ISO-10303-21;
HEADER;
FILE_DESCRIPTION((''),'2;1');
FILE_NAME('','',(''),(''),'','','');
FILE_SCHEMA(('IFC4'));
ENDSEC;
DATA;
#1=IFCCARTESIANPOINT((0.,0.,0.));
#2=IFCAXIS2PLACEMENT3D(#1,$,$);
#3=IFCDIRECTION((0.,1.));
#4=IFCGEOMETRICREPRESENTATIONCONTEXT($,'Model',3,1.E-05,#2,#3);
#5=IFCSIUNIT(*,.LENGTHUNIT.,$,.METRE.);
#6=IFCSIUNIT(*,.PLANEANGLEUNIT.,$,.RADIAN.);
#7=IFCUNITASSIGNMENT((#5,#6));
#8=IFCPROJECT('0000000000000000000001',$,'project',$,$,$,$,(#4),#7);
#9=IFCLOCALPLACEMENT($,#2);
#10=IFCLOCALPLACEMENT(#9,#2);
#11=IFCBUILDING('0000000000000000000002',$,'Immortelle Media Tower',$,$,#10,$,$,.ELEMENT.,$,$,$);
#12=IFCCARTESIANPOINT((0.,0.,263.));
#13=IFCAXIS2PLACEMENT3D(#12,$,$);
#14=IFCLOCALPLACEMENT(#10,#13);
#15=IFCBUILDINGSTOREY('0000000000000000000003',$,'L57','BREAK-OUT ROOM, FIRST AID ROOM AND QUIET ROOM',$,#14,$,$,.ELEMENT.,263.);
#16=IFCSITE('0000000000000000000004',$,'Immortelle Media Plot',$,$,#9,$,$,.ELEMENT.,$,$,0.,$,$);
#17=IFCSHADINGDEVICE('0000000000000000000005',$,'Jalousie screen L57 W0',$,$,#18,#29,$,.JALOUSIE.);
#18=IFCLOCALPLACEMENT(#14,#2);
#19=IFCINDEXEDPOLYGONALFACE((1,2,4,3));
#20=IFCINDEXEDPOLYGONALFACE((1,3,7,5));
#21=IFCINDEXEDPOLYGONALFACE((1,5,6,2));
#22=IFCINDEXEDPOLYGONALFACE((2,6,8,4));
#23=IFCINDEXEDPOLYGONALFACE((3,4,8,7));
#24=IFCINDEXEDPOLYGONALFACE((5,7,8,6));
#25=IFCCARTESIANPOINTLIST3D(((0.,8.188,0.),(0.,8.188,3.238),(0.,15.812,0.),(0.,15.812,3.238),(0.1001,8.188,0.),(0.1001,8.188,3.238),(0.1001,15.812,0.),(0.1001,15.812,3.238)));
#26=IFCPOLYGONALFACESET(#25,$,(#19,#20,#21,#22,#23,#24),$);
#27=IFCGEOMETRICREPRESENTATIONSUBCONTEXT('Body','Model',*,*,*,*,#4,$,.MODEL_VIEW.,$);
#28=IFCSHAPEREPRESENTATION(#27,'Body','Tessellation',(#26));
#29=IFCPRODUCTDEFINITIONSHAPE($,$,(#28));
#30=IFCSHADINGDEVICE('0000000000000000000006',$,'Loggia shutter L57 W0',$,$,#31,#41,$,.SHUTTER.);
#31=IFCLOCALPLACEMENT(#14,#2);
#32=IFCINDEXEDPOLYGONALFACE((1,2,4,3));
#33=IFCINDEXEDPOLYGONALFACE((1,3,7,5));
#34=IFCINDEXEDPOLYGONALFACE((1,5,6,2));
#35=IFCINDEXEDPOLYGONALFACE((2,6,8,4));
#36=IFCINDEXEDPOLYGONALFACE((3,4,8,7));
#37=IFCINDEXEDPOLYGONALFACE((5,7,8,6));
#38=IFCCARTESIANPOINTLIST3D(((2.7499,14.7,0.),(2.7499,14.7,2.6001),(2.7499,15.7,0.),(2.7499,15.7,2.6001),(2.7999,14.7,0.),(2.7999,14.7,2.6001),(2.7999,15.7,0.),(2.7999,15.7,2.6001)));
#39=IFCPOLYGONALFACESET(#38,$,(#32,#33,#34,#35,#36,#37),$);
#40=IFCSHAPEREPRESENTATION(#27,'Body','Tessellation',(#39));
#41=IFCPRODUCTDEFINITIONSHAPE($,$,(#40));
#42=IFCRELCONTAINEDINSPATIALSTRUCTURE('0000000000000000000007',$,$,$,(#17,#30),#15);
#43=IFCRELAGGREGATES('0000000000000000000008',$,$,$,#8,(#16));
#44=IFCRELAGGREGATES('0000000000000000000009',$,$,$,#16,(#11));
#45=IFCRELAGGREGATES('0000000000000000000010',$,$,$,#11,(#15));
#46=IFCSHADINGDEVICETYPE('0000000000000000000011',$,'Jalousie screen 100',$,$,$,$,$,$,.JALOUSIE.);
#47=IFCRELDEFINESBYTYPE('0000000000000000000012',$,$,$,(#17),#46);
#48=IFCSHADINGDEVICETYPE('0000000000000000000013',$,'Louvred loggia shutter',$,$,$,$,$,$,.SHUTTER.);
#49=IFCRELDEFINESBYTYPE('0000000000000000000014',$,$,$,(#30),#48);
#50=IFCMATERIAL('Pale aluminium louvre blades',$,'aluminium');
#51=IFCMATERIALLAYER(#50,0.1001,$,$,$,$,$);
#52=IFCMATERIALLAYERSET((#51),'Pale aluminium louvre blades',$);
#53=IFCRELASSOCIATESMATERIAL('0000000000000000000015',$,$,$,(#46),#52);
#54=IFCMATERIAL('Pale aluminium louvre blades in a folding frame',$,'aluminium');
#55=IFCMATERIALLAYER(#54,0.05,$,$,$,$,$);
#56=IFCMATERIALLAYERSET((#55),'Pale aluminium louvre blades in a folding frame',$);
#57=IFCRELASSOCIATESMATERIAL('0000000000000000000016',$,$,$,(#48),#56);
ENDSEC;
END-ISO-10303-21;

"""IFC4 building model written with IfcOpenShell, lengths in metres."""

from ifc_helpers import new_model, si_unit, direction, frame, origin, origin_2d, place, context, subcontext, project, spatial, rectangle, extrude, material, layer, layer_set, type_object, element, save


model = new_model("IFC4")

# Units and contexts
model_context = context("Model", 3, precision=1e-05, world=origin(), true_north=direction((0.0, 1.0)))
body_context = subcontext(model_context, "Body", "Model", "MODEL_VIEW")
ifc_project = project(units=[si_unit("LENGTHUNIT", "METRE"), si_unit("PLANEANGLEUNIT", "RADIAN")], contexts=[model_context])

# Site, building, storey
site_placement = place(None, origin())
site = spatial("IfcSite", under=ifc_project, at=site_placement, Name="Immortelle Media Plot", CompositionType="ELEMENT", RefElevation=0.0)
building_placement = place(site_placement, origin())
building = spatial("IfcBuilding", under=site, at=building_placement, Name="Immortelle Media Tower", CompositionType="ELEMENT")
storey_placement = place(building_placement, frame((0.0, 0.0, 263.0)))
storey = spatial("IfcBuildingStorey", under=building, at=storey_placement, Name="L57", Description="BREAK-OUT ROOM, FIRST AID ROOM AND QUIET ROOM", CompositionType="ELEMENT", Elevation=263.0)

# Shading devices
ifc_material_1 = material(Name="Pale aluminium louvre blades", Category="aluminium")
ifc_layer_1 = layer(ifc_material_1, 0.1001)
ifc_layer_set_1 = layer_set([ifc_layer_1], Name="Pale aluminium louvre blades")
shading_device_type_1 = type_object("IfcShadingDeviceType", Name="Jalousie screen 100", PredefinedType="JALOUSIE", material=ifc_layer_set_1)
shading_device_1_placement = place(storey_placement, frame((0.05, 12.0, 0.0), z_axis=(0.0, 0.0, 1.0), x_axis=(0.0, -1.0, 0.0)))
element("IfcShadingDevice", 1, at=shading_device_1_placement, inside=storey, type_object=shading_device_type_1, Name="Jalousie screen L57 W0", PredefinedType="JALOUSIE", context=body_context, shape_type="SweptSolid", body=[
    extrude(rectangle(XDim=7.624, YDim=0.1001, at=origin_2d()), origin(), (0.0, 0.0, 1.0), 3.238),
])
ifc_material_2 = material(Name="Pale aluminium louvre blades in a folding frame", Category="aluminium")
ifc_layer_2 = layer(ifc_material_2, 0.05)
ifc_layer_set_2 = layer_set([ifc_layer_2], Name="Pale aluminium louvre blades in a folding frame")
shading_device_type_2 = type_object("IfcShadingDeviceType", Name="Louvred loggia shutter", PredefinedType="SHUTTER", material=ifc_layer_set_2)
shading_device_2_placement = place(storey_placement, frame((2.7749, 15.2, 0.0), z_axis=(0.0, 0.0, 1.0), x_axis=(0.0, -1.0, 0.0)))
element("IfcShadingDevice", 2, at=shading_device_2_placement, inside=storey, type_object=shading_device_type_2, Name="Loggia shutter L57 W0", PredefinedType="SHUTTER", context=body_context, shape_type="SweptSolid", body=[
    extrude(rectangle(XDim=1.0, YDim=0.05, at=origin_2d()), origin(), (0.0, 0.0, 1.0), 2.6001),
])

save(model, "model.ifc")
